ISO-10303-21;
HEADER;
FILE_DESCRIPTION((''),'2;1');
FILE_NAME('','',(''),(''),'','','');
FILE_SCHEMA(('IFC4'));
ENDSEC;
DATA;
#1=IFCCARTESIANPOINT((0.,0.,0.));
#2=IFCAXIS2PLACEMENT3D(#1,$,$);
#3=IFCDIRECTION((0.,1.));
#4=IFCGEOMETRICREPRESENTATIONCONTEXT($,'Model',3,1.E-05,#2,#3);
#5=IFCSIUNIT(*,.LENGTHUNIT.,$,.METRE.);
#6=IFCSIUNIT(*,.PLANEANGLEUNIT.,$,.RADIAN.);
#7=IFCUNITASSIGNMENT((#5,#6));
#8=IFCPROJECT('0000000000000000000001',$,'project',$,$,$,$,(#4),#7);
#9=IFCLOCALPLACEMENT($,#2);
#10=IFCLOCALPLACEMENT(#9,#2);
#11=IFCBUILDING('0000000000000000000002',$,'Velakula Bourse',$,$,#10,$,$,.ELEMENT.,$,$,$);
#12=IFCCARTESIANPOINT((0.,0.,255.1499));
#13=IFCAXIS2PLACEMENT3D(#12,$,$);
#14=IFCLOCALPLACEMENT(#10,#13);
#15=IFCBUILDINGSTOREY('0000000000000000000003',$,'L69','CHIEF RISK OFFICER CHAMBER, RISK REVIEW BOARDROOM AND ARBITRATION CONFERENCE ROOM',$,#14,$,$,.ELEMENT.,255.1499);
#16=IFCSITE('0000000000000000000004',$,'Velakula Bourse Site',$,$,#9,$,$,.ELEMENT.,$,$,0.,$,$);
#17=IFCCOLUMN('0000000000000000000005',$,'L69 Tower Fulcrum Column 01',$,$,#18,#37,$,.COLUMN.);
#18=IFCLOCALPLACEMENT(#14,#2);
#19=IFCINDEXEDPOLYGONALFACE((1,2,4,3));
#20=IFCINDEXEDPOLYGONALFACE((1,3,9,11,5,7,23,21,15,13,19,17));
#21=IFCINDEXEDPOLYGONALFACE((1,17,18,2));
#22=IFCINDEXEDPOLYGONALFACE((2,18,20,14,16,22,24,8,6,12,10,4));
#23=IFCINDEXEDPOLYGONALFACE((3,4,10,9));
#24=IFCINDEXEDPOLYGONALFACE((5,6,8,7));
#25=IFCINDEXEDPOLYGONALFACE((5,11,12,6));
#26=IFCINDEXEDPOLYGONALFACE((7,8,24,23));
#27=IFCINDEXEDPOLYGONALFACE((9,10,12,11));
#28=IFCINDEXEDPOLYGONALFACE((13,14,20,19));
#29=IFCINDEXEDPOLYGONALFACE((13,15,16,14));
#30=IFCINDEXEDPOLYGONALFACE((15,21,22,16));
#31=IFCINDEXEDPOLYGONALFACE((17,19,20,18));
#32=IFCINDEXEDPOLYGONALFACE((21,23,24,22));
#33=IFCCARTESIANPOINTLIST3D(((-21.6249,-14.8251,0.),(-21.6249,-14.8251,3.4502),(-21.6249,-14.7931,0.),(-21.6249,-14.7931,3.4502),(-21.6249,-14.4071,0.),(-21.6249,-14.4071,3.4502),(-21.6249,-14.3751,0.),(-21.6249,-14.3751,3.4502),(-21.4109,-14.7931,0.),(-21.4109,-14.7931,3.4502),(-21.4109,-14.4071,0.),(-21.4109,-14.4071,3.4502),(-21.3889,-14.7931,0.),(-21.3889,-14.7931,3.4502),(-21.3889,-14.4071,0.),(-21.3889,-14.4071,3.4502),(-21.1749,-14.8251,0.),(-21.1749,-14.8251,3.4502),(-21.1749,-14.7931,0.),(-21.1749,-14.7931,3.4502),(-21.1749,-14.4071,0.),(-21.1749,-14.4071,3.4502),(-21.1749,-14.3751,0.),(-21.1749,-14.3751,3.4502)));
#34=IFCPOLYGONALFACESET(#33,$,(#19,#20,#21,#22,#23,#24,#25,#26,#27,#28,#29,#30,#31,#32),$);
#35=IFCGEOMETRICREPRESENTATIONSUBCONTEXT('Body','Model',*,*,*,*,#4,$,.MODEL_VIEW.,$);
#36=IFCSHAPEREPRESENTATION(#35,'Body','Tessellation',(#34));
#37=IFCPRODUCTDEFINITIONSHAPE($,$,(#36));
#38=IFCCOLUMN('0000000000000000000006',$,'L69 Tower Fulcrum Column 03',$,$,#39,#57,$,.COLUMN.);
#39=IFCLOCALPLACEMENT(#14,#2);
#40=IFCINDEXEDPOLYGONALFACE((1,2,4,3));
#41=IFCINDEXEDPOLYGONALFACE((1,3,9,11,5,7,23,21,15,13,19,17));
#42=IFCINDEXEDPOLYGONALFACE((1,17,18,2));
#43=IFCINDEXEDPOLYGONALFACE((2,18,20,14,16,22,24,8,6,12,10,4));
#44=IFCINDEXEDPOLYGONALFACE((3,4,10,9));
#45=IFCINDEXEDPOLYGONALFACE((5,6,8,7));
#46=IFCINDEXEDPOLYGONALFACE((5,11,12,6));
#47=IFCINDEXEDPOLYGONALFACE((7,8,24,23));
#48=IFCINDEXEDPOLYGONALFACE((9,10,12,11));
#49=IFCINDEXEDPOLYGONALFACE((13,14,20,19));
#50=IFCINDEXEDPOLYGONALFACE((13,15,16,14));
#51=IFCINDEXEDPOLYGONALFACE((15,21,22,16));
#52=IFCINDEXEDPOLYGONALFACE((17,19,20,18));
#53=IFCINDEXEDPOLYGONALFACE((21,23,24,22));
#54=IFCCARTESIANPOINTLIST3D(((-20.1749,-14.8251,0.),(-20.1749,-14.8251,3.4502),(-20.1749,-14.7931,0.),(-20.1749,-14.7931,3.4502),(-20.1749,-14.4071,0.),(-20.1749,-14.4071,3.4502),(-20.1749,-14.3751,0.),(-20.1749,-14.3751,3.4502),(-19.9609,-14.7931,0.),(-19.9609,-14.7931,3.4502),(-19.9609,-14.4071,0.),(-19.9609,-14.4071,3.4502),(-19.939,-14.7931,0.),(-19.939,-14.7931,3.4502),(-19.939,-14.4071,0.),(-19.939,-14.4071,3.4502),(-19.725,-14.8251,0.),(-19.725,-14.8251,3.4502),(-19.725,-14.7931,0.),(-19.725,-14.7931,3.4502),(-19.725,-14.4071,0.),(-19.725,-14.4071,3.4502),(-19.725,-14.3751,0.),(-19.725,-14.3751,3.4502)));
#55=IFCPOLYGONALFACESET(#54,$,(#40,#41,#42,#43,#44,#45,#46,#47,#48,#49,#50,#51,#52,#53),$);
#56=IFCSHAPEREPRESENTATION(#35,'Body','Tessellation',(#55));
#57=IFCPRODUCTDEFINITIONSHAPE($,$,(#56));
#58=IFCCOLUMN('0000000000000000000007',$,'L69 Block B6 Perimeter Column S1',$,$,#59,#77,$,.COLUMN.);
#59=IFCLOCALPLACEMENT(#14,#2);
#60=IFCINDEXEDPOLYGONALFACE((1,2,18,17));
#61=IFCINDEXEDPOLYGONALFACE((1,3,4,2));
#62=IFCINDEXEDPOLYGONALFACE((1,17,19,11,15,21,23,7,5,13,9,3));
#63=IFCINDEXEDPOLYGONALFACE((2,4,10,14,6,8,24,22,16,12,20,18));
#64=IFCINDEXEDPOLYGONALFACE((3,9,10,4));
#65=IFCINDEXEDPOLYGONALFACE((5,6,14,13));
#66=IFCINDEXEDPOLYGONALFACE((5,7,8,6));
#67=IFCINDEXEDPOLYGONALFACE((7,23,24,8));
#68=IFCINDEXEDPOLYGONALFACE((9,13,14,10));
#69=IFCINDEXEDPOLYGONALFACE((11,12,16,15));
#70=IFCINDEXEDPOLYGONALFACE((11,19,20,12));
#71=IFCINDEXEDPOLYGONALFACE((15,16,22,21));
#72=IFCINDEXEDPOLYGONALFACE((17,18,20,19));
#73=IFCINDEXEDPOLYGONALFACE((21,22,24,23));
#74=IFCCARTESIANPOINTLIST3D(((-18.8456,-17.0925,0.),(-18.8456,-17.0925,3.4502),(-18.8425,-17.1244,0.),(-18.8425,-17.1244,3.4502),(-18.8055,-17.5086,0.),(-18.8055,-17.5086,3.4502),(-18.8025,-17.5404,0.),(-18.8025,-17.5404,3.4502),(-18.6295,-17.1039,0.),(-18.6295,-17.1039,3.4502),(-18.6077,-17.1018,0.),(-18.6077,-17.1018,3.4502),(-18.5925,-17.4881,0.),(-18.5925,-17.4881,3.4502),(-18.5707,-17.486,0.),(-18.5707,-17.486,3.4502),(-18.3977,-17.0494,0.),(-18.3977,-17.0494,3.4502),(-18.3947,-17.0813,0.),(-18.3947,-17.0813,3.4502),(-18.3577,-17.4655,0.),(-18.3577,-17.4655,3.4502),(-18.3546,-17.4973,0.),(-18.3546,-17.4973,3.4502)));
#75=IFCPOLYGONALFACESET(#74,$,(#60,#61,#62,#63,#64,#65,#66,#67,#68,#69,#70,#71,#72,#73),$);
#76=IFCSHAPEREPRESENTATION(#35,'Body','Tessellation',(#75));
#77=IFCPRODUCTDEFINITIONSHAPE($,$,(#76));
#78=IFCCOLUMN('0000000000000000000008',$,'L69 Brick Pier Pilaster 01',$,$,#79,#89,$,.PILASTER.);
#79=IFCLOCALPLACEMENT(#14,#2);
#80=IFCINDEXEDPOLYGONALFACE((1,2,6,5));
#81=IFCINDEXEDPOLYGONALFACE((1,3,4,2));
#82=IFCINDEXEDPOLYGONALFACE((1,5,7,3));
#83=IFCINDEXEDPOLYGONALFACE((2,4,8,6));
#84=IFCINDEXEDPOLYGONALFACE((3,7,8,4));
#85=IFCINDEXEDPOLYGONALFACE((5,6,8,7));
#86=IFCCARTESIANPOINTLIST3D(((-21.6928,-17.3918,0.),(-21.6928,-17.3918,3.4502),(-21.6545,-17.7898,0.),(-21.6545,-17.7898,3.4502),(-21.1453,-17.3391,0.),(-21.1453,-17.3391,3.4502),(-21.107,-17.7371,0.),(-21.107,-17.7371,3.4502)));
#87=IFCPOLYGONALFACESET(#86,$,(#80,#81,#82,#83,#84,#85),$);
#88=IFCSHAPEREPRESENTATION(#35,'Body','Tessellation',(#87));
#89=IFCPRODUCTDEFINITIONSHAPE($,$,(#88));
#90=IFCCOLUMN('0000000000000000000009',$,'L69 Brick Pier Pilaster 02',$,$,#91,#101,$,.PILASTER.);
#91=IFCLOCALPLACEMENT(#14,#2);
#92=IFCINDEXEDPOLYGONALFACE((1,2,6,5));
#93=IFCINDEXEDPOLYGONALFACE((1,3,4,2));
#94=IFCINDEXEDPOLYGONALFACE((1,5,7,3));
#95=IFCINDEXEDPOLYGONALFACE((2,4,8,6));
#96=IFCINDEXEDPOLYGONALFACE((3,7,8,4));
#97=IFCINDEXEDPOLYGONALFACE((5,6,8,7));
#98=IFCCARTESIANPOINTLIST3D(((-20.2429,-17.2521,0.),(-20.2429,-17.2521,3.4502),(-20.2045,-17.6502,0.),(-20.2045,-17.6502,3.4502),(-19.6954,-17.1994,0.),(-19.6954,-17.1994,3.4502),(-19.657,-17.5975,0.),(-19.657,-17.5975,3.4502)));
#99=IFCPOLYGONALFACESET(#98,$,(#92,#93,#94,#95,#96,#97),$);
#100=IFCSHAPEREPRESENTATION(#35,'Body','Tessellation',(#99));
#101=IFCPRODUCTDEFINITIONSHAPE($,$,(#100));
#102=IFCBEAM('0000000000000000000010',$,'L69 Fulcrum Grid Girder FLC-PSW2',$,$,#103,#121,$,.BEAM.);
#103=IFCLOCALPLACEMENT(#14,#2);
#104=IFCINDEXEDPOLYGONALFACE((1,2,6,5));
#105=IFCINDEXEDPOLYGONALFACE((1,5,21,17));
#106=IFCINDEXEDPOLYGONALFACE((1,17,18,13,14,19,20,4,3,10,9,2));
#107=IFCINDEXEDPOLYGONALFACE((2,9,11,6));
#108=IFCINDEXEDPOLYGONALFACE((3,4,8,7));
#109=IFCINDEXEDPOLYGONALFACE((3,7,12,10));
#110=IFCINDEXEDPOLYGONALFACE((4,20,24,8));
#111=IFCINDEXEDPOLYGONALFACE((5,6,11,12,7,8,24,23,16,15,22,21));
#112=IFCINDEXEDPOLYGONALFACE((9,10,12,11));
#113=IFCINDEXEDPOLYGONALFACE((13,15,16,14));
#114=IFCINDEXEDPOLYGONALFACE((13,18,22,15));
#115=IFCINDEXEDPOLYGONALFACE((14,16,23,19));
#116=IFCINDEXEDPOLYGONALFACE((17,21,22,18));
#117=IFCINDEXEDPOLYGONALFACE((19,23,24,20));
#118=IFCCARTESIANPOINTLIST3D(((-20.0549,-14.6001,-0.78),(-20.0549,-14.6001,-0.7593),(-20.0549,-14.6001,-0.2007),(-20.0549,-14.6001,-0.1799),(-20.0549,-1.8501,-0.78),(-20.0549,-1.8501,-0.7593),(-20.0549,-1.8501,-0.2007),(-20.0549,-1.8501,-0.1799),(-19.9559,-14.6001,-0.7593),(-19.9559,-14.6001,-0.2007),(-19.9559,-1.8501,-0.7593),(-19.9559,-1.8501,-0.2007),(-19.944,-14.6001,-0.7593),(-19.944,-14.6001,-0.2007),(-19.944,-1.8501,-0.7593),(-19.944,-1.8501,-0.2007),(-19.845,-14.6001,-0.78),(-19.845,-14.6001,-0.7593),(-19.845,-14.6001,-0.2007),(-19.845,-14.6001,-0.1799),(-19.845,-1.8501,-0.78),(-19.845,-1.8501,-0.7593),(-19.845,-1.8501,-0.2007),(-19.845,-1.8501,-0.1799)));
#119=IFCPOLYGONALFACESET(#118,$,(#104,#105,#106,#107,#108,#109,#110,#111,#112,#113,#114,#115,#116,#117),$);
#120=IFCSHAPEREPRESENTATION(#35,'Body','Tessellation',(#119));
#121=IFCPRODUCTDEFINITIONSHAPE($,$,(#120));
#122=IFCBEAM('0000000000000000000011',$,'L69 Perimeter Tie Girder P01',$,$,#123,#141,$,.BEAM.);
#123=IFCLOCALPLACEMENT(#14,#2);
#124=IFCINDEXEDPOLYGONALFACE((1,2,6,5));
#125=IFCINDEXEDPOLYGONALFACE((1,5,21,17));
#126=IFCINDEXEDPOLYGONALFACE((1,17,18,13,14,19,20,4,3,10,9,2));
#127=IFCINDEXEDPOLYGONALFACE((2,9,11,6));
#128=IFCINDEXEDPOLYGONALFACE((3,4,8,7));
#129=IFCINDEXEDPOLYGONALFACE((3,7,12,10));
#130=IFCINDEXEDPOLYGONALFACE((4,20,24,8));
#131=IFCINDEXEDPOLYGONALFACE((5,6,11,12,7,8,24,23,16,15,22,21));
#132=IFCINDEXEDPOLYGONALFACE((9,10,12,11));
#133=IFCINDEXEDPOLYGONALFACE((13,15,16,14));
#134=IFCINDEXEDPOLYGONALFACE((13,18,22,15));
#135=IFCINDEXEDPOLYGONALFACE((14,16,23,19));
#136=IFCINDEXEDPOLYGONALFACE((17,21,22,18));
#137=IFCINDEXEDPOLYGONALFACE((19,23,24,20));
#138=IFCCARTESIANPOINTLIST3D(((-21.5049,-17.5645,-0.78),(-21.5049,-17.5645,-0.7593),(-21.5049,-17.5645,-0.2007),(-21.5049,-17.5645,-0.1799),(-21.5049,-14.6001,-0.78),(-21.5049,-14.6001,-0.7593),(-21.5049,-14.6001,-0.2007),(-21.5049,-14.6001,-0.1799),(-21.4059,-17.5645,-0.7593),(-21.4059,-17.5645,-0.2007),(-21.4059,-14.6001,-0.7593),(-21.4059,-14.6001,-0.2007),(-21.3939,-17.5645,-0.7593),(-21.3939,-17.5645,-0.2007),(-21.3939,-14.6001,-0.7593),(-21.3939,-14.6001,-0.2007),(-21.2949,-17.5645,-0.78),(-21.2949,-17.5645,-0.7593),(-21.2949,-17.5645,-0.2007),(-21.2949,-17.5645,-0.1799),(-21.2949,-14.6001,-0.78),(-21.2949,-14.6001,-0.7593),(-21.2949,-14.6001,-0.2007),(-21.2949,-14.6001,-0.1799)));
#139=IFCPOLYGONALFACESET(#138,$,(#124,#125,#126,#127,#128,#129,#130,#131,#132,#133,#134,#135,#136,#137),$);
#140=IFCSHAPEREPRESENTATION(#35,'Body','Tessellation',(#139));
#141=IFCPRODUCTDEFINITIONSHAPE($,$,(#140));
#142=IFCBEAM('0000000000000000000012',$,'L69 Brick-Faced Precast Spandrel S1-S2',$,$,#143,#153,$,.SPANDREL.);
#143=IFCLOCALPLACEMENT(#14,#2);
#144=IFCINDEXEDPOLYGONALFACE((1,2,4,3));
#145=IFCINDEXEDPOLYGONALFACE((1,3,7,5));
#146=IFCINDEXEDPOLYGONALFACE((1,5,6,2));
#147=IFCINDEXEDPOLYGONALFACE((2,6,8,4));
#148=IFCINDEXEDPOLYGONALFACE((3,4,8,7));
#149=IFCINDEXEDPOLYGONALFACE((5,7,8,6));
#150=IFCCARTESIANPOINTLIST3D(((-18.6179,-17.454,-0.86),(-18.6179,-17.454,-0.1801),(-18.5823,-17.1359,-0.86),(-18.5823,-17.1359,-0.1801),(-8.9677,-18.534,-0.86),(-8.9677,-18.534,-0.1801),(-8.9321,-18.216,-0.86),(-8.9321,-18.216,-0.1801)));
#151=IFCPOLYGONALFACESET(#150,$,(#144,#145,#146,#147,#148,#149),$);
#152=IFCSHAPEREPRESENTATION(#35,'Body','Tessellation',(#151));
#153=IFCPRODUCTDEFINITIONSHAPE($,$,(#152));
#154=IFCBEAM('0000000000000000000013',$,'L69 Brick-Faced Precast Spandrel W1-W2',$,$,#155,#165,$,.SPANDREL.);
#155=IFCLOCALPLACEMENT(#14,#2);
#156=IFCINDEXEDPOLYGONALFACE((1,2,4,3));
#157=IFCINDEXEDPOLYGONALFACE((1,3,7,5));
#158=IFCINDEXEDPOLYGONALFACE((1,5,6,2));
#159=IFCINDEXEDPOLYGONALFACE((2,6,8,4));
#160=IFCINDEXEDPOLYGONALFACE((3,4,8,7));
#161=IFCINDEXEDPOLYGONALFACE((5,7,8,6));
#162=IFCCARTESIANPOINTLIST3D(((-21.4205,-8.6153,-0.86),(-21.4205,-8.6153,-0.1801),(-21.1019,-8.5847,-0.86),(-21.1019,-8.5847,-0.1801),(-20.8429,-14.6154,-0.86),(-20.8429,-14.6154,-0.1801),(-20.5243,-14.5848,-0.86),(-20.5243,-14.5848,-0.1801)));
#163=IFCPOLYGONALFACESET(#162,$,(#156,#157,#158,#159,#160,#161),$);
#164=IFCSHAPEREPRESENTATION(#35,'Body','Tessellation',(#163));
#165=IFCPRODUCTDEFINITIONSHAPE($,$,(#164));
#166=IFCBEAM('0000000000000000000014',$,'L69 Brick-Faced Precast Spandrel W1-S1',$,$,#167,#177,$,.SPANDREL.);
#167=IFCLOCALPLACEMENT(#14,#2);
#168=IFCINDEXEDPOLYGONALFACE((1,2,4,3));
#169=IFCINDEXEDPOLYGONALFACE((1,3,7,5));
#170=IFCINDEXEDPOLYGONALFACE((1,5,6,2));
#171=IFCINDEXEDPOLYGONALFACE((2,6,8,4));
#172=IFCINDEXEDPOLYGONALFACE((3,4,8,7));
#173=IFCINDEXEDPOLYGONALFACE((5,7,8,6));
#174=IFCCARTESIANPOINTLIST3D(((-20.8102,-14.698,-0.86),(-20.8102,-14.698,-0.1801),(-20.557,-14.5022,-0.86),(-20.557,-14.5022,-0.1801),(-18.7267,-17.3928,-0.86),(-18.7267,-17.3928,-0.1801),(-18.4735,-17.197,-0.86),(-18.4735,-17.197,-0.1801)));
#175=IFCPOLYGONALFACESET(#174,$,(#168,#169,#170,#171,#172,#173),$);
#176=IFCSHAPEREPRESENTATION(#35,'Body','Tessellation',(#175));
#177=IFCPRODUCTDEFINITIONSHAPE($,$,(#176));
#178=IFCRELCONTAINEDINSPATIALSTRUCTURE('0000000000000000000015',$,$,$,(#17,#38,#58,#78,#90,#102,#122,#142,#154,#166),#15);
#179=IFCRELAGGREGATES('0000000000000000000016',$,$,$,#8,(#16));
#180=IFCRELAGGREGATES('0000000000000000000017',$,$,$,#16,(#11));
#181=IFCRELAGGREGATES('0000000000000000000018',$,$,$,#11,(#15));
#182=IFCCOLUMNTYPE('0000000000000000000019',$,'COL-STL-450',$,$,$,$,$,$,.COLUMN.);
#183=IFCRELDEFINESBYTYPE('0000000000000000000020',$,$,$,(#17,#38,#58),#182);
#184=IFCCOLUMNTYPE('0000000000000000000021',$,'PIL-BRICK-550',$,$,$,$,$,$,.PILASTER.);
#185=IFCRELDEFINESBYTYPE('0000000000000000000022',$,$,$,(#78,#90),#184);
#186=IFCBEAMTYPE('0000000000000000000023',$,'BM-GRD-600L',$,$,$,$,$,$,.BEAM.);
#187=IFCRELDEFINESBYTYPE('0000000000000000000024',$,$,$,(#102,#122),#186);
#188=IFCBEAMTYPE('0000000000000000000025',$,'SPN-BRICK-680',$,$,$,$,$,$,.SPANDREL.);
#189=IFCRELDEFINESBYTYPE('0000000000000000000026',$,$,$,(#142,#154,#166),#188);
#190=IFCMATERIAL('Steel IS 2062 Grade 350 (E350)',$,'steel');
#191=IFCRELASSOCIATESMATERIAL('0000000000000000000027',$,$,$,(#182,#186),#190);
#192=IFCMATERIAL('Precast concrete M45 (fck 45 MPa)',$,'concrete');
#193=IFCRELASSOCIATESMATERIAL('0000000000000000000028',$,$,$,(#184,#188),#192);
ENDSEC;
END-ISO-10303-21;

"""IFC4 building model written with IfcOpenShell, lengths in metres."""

from ifc_helpers import new_model, si_unit, direction, frame, origin, origin_2d, place, context, subcontext, project, spatial, rectangle, i_section, extrude, material, material_profile, profile_set, type_object, element, save


model = new_model("IFC4")

# Units and contexts
model_context = context("Model", 3, precision=1e-05, world=origin(), true_north=direction((0.0, 1.0)))
body_context = subcontext(model_context, "Body", "Model", "MODEL_VIEW")
ifc_project = project(units=[si_unit("LENGTHUNIT", "METRE"), si_unit("PLANEANGLEUNIT", "RADIAN")], contexts=[model_context])

# Site, building, storey
site_placement = place(None, origin())
site = spatial("IfcSite", under=ifc_project, at=site_placement, Name="Velakula Bourse Site", CompositionType="ELEMENT", RefElevation=0.0)
building_placement = place(site_placement, origin())
building = spatial("IfcBuilding", under=site, at=building_placement, Name="Velakula Bourse", CompositionType="ELEMENT")
storey_placement = place(building_placement, frame((0.0, 0.0, 255.1499)))
storey = spatial("IfcBuildingStorey", under=building, at=storey_placement, Name="L69", Description="CHIEF RISK OFFICER CHAMBER, RISK REVIEW BOARDROOM AND ARBITRATION CONFERENCE ROOM", CompositionType="ELEMENT", Elevation=255.1499)

# Columns
ifc_material_1 = material(Name="Steel IS 2062 Grade 350 (E350)", Category="steel")
ifc_material_profile_1 = material_profile(ifc_material_1, i_section(OverallWidth=0.45, OverallDepth=0.45, WebThickness=0.022, FlangeThickness=0.032, at=origin_2d()), Name="Steel IS 2062 Grade 350 (E350)")
ifc_profile_set_1 = profile_set([ifc_material_profile_1], Name="Steel IS 2062 Grade 350 (E350)")
column_type_1 = type_object("IfcColumnType", Name="COL-STL-450", PredefinedType="COLUMN", material=ifc_profile_set_1)
for number, where, z_axis, x_axis, name in (
    (1, (-21.3999, -14.6001, 0.0), (0.0, 0.0, 1.0), (1.0, 0.0, 0.0), "L69 Tower Fulcrum Column 01"),
    (2, (-19.95, -14.6001, 0.0), (0.0, 0.0, 1.0), (1.0, 0.0, 0.0), "L69 Tower Fulcrum Column 03"),
    (3, (-18.6001, -17.2949, 0.0), (0.0, 0.0, 1.0), (0.995396, 0.095846, 0.0), "L69 Block B6 Perimeter Column S1"),
):
    element("IfcColumn", number, at=place(storey_placement, frame(where, z_axis=z_axis, x_axis=x_axis)), inside=storey, type_object=column_type_1, Name=name, PredefinedType="COLUMN", context=body_context, shape_type="SweptSolid", body=[
        extrude(i_section(OverallWidth=0.45, OverallDepth=0.45, WebThickness=0.022, FlangeThickness=0.032, at=origin_2d()), origin(), (0.0, 0.0, 1.0), 3.4502),
    ])
ifc_material_2 = material(Name="Precast concrete M45 (fck 45 MPa)", Category="concrete")
ifc_material_profile_2 = material_profile(ifc_material_2, rectangle(XDim=0.55, YDim=0.3999, at=origin_2d()), Name="Precast concrete M45 (fck 45 MPa)")
ifc_profile_set_2 = profile_set([ifc_material_profile_2], Name="Precast concrete M45 (fck 45 MPa)")
column_type_2 = type_object("IfcColumnType", Name="PIL-BRICK-550", PredefinedType="PILASTER", material=ifc_profile_set_2)
for number, where, z_axis, x_axis, name in (
    (4, (-21.3999, -17.5645, 0.0), (0.0, 0.0, 1.0), (0.995396, 0.095846, 0.0), "L69 Brick Pier Pilaster 01"),
    (5, (-19.95, -17.4248, 0.0), (0.0, 0.0, 1.0), (0.995396, 0.095846, 0.0), "L69 Brick Pier Pilaster 02"),
):
    element("IfcColumn", number, at=place(storey_placement, frame(where, z_axis=z_axis, x_axis=x_axis)), inside=storey, type_object=column_type_2, Name=name, PredefinedType="PILASTER", context=body_context, shape_type="SweptSolid", body=[
        extrude(rectangle(XDim=0.55, YDim=0.3999, at=origin_2d()), origin(), (0.0, 0.0, 1.0), 3.4502),
    ])

# Beams
ifc_material_profile_3 = material_profile(ifc_material_1, i_section(OverallWidth=0.21, OverallDepth=0.6001, WebThickness=0.012, FlangeThickness=0.0208, at=origin_2d()), Name="Steel IS 2062 Grade 350 (E350)")
ifc_profile_set_3 = profile_set([ifc_material_profile_3], Name="Steel IS 2062 Grade 350 (E350)")
beam_type_1 = type_object("IfcBeamType", Name="BM-GRD-600L", PredefinedType="BEAM", material=ifc_profile_set_3)
beam_1_placement = place(storey_placement, frame((-19.95, -14.6001, -0.48), z_axis=(0.0, 1.0, 0.0), x_axis=(-1.0, 0.0, 0.0)))
element("IfcBeam", 6, at=beam_1_placement, inside=storey, type_object=beam_type_1, Name="L69 Fulcrum Grid Girder FLC-PSW2", PredefinedType="BEAM", context=body_context, shape_type="SweptSolid", body=[
    extrude(i_section(OverallWidth=0.21, OverallDepth=0.6001, WebThickness=0.012, FlangeThickness=0.0208, at=origin_2d()), origin(), (0.0, 0.0, 1.0), 12.75),
])
beam_2_placement = place(storey_placement, frame((-21.3999, -14.6001, -0.48), z_axis=(0.0, -1.0, 0.0), x_axis=(1.0, 0.0, 0.0)))
element("IfcBeam", 7, at=beam_2_placement, inside=storey, type_object=beam_type_1, Name="L69 Perimeter Tie Girder P01", PredefinedType="BEAM", context=body_context, shape_type="SweptSolid", body=[
    extrude(i_section(OverallWidth=0.21, OverallDepth=0.6001, WebThickness=0.012, FlangeThickness=0.0208, at=origin_2d()), origin(), (0.0, 0.0, 1.0), 2.9644),
])
ifc_material_profile_4 = material_profile(ifc_material_2, rectangle(XDim=0.3201, YDim=0.6799, at=origin_2d()), Name="Precast concrete M45 (fck 45 MPa)")
ifc_profile_set_4 = profile_set([ifc_material_profile_4], Name="Precast concrete M45 (fck 45 MPa)")
beam_type_2 = type_object("IfcBeamType", Name="SPN-BRICK-680", PredefinedType="SPANDREL", material=ifc_profile_set_4)
beam_3_placement = place(storey_placement, frame((-18.6001, -17.2949, -0.52), z_axis=(0.993795, -0.111229, 0.0), x_axis=(0.111229, 0.993795, 0.0)))
element("IfcBeam", 8, at=beam_3_placement, inside=storey, type_object=beam_type_2, Name="L69 Brick-Faced Precast Spandrel S1-S2", PredefinedType="SPANDREL", context=body_context, shape_type="SweptSolid", body=[
    extrude(rectangle(XDim=0.3201, YDim=0.6799, at=origin_2d()), origin(), (0.0, 0.0, 1.0), 9.7104),
])
beam_4_placement = place(storey_placement, frame((-20.6836, -14.6001, -0.52), z_axis=(-0.09583, 0.995398, 0.0), x_axis=(-0.995398, -0.09583, 0.0)))
element("IfcBeam", 9, at=beam_4_placement, inside=storey, type_object=beam_type_2, Name="L69 Brick-Faced Precast Spandrel W1-W2", PredefinedType="SPANDREL", context=body_context, shape_type="SweptSolid", body=[
    extrude(rectangle(XDim=0.3201, YDim=0.6799, at=origin_2d()), origin(), (0.0, 0.0, 1.0), 6.0278),
])
beam_5_placement = place(storey_placement, frame((-20.6836, -14.6001, -0.52), z_axis=(0.611656, -0.791124, 0.0), x_axis=(0.791124, 0.611656, 0.0)))
element("IfcBeam", 10, at=beam_5_placement, inside=storey, type_object=beam_type_2, Name="L69 Brick-Faced Precast Spandrel W1-S1", PredefinedType="SPANDREL", context=body_context, shape_type="SweptSolid", body=[
    extrude(rectangle(XDim=0.3201, YDim=0.6799, at=origin_2d()), origin(), (0.0, 0.0, 1.0), 3.4062),
])

save(model, "model.ifc")
